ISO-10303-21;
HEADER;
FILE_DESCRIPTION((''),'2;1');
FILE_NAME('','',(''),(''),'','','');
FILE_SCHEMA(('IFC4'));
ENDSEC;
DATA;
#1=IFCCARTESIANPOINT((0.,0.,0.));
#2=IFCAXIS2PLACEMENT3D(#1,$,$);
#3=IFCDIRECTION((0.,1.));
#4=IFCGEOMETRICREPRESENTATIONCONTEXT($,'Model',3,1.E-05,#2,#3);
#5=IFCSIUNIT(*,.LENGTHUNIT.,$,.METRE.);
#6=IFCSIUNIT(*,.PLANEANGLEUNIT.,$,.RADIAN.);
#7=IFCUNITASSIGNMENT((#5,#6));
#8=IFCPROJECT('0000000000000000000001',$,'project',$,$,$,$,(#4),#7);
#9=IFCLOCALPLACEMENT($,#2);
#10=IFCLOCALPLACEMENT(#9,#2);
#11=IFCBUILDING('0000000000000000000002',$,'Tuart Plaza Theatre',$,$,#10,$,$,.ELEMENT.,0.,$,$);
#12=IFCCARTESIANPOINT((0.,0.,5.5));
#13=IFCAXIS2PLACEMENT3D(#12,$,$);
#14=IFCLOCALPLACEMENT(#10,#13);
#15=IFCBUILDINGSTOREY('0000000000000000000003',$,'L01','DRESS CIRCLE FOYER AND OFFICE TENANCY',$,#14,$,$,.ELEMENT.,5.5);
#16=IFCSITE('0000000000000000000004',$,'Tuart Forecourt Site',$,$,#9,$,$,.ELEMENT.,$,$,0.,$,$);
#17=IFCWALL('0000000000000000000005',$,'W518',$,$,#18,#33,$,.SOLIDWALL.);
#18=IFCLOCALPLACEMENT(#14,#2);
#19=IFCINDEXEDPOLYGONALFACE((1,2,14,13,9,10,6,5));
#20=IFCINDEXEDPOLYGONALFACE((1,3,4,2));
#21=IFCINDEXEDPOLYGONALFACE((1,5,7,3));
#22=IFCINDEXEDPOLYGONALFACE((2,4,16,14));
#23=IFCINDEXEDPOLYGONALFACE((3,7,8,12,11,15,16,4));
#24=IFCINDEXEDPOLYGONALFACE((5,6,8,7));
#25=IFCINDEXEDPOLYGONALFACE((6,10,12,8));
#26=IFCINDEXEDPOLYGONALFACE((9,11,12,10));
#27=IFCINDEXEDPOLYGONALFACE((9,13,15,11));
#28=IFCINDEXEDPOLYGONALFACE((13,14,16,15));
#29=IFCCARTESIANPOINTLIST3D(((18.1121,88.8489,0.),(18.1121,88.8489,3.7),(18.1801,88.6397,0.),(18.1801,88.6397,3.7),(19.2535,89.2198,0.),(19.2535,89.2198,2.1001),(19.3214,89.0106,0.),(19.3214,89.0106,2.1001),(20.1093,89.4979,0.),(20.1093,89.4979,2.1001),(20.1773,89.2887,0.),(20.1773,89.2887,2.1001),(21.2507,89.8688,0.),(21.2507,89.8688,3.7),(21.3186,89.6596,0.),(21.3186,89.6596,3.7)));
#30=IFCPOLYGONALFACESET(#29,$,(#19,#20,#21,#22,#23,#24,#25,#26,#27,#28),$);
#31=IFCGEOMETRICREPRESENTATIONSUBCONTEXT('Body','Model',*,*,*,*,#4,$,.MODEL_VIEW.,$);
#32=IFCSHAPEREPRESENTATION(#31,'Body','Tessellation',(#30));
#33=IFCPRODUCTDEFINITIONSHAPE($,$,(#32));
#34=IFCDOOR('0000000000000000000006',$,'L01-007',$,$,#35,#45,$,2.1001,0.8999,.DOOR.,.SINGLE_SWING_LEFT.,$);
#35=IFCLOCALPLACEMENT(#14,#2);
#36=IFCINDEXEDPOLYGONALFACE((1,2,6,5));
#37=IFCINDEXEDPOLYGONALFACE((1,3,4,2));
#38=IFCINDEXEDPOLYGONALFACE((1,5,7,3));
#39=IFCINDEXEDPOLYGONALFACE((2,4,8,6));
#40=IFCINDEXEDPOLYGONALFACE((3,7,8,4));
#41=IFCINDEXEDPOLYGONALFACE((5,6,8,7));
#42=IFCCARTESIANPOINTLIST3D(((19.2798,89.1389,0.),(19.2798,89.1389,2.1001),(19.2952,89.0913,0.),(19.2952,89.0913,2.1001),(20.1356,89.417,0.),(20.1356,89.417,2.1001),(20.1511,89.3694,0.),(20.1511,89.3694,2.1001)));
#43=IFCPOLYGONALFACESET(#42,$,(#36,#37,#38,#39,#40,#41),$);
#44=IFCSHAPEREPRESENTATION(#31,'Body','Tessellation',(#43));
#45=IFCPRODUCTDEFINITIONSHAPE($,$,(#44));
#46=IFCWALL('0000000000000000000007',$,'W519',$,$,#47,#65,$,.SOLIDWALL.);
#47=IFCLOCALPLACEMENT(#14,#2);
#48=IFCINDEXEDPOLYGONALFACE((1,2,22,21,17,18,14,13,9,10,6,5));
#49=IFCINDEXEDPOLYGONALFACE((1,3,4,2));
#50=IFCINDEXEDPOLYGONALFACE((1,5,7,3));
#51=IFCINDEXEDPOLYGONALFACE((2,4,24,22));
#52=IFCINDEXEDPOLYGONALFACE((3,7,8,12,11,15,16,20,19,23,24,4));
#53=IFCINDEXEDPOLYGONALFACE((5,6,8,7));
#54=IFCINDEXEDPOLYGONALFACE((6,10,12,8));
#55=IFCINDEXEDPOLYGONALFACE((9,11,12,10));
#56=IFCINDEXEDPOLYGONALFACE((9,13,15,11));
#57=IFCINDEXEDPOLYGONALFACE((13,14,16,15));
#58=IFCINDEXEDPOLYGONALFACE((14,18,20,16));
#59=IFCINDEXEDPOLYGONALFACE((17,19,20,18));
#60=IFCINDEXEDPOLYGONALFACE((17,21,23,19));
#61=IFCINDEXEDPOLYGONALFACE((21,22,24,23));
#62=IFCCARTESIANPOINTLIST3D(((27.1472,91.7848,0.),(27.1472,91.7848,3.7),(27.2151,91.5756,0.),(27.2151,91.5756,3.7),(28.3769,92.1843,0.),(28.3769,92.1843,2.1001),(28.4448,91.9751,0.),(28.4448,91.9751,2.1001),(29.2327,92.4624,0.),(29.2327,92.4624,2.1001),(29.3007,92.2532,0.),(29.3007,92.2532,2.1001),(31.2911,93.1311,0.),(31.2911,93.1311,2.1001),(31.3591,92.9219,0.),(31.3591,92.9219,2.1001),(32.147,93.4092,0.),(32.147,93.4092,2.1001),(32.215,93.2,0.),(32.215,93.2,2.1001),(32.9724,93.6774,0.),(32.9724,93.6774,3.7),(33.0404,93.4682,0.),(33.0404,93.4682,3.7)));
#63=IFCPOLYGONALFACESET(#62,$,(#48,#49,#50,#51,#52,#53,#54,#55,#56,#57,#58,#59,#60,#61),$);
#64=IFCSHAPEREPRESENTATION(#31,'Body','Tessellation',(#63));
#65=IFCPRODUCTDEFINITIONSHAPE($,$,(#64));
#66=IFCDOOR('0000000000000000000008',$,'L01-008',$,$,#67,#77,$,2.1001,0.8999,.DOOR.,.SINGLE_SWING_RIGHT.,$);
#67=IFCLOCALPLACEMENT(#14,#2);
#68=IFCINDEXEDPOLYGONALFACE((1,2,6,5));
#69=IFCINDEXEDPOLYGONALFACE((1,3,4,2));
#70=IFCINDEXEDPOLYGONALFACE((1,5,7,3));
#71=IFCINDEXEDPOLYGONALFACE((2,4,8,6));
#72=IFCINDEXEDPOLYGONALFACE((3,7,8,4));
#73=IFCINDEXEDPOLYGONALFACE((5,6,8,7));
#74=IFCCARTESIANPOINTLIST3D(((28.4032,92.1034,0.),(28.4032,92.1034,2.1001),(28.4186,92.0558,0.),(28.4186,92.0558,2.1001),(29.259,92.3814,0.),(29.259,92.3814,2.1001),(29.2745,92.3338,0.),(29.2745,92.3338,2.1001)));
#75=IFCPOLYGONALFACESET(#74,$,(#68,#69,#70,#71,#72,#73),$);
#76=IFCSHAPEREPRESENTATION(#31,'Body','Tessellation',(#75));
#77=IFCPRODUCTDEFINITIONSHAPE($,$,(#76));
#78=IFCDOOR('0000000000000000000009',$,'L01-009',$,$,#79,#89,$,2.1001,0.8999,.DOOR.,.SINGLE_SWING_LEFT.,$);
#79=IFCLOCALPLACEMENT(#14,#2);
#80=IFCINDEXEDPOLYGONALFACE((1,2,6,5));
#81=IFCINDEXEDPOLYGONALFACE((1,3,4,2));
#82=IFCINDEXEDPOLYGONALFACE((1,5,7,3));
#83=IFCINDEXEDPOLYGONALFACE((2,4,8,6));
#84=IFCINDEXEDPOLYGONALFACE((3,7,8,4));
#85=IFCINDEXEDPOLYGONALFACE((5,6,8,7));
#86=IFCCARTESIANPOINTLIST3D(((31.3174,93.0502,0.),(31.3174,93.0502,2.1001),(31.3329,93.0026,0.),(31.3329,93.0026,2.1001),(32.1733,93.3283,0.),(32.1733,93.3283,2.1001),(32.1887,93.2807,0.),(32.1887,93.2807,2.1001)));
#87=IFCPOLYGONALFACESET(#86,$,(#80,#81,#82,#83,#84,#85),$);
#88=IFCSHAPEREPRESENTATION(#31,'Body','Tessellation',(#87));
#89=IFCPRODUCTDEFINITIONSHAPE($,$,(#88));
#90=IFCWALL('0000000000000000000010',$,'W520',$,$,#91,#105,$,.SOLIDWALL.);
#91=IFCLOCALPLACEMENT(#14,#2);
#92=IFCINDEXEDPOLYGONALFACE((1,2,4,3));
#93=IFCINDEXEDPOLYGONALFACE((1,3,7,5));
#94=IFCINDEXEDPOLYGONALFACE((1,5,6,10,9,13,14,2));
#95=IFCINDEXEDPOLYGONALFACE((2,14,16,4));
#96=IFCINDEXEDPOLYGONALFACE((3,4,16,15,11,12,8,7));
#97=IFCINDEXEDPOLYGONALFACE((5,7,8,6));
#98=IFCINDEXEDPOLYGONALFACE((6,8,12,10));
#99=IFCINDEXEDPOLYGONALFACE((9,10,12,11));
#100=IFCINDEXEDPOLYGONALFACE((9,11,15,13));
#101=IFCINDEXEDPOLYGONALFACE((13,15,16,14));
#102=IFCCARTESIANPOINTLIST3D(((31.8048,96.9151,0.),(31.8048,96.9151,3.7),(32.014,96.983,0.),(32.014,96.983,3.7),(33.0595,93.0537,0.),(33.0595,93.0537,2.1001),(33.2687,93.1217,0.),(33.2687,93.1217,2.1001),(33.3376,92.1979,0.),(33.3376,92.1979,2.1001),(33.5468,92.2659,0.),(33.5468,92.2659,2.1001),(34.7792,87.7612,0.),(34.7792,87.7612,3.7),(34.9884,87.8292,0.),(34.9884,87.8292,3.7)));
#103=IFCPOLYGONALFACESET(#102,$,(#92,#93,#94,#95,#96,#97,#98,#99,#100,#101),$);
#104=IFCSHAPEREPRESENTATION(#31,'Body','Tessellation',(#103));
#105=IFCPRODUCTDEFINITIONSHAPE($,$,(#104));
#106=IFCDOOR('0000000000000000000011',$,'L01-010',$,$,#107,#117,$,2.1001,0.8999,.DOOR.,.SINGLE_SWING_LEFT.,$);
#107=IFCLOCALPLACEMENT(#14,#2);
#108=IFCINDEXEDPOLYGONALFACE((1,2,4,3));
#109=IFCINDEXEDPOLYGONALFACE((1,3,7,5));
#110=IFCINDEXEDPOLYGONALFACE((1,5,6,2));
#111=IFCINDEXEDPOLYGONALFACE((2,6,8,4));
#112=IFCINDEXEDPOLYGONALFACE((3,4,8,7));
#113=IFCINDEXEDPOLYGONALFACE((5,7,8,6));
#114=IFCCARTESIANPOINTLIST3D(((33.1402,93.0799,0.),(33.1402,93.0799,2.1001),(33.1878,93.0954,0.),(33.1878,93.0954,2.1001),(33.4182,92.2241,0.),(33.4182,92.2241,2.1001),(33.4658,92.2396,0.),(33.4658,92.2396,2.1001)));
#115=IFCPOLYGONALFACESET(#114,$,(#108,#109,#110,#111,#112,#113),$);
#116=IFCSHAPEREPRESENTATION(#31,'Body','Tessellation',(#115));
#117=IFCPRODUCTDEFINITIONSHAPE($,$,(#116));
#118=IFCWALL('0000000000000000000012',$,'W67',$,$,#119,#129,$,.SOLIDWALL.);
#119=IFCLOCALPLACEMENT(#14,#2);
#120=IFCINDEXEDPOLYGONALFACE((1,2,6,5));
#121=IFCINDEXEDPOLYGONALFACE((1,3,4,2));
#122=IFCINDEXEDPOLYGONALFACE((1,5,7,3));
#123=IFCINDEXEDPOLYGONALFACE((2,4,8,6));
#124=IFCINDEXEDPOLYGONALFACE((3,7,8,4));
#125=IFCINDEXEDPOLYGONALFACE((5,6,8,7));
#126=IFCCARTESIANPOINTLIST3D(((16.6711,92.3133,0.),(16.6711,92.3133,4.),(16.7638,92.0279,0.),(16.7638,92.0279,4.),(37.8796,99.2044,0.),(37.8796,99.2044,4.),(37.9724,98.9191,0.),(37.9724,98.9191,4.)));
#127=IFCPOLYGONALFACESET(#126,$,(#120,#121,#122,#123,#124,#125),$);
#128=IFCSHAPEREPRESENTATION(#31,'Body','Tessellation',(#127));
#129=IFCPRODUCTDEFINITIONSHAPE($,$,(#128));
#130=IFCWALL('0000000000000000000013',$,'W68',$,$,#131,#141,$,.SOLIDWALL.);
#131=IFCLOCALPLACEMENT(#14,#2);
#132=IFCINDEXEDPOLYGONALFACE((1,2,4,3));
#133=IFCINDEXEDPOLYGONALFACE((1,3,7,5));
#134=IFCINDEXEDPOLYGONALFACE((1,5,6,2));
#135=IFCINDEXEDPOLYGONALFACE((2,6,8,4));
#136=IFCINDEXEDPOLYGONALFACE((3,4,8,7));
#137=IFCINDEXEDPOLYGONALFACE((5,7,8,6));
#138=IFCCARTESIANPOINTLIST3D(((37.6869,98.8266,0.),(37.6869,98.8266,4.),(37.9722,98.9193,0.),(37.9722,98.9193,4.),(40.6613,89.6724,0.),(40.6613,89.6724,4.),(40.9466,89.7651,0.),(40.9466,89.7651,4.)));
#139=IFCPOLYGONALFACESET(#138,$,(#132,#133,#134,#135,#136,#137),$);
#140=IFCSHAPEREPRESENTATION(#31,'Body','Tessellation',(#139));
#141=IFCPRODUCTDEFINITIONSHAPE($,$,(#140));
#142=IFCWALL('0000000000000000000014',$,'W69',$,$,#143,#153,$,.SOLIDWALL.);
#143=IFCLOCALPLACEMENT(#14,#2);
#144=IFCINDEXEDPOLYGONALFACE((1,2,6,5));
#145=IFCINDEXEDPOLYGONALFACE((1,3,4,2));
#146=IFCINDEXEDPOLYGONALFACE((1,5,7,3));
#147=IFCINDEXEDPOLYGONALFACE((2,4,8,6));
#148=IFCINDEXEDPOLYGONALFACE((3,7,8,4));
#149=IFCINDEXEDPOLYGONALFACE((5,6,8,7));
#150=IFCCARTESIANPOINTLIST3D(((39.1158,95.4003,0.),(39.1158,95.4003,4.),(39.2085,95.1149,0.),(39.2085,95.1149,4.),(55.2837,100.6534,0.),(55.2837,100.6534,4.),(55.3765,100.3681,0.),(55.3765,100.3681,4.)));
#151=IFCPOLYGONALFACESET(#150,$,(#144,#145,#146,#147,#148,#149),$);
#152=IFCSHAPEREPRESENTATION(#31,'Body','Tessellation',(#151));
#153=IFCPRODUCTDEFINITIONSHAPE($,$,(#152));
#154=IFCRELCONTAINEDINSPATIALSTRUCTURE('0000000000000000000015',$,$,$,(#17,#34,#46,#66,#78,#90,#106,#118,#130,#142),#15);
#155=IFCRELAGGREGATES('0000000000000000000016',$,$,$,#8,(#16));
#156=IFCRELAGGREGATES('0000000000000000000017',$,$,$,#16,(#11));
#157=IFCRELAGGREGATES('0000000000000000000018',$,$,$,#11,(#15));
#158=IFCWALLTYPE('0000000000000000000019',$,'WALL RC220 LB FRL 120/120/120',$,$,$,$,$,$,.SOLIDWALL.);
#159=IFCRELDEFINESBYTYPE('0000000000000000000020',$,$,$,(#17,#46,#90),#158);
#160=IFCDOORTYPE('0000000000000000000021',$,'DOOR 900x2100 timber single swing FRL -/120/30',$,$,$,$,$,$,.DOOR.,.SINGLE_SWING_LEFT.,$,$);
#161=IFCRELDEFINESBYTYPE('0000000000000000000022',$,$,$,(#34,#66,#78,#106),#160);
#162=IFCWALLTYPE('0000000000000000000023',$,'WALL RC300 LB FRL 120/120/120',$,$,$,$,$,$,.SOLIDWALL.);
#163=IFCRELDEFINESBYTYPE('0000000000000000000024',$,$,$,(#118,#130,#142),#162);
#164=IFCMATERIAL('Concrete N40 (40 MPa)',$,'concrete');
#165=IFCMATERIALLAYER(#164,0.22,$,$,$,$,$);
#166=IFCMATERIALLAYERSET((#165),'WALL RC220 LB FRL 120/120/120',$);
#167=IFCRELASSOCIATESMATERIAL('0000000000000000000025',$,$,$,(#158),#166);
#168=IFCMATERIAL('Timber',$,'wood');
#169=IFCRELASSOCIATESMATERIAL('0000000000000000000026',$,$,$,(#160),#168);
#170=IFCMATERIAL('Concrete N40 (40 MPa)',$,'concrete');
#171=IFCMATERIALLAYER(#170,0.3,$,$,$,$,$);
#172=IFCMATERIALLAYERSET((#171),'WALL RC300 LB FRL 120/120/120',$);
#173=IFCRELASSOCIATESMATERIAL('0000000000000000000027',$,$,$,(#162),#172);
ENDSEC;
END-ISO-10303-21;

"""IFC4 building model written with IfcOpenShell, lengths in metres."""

from ifc_helpers import new_model, si_unit, direction, frame, frame_2d, origin, place, context, subcontext, project, spatial, rectangle, extrude, material, layer, layer_set, type_object, element, fill, save


model = new_model("IFC4")

# Units and contexts
model_context = context("Model", 3, precision=1e-05, world=origin(), true_north=direction((0.0, 1.0)))
body_context = subcontext(model_context, "Body", "Model", "MODEL_VIEW")
ifc_project = project(units=[si_unit("LENGTHUNIT", "METRE"), si_unit("PLANEANGLEUNIT", "RADIAN")], contexts=[model_context])

# Site, building, storey
site_placement = place(None, origin())
site = spatial("IfcSite", under=ifc_project, at=site_placement, Name="Tuart Forecourt Site", CompositionType="ELEMENT", RefElevation=0.0)
building_placement = place(site_placement, origin())
building = spatial("IfcBuilding", under=site, at=building_placement, Name="Tuart Plaza Theatre", CompositionType="ELEMENT", ElevationOfRefHeight=0.0)
storey_placement = place(building_placement, frame((0.0, 0.0, 5.5)))
storey = spatial("IfcBuildingStorey", under=building, at=storey_placement, Name="L01", Description="DRESS CIRCLE FOYER AND OFFICE TENANCY", CompositionType="ELEMENT", Elevation=5.5)

# Wall, opening, door
ifc_material_1 = material(Name="Concrete N40 (40 MPa)", Category="concrete")
ifc_layer_1 = layer(ifc_material_1, 0.22)
ifc_layer_set_1 = layer_set([ifc_layer_1], Name="WALL RC220 LB FRL 120/120/120")
wall_type_1 = type_object("IfcWallType", Name="WALL RC220 LB FRL 120/120/120", PredefinedType="SOLIDWALL", material=ifc_layer_set_1)
wall_1_placement = place(storey_placement, frame((18.1462, 88.7444, 0.0), z_axis=(0.0, 0.0, 1.0), x_axis=(0.951053, 0.309028, 0.0)))
wall_1 = element("IfcWall", 1, at=wall_1_placement, inside=storey, type_object=wall_type_1, Name="W518", PredefinedType="SOLIDWALL", context=body_context, shape_type="SweptSolid", body=[
    extrude(rectangle(XDim=3.3, YDim=0.22, at=frame_2d((1.6499, 0.0))), origin(), (0.0, 0.0, 1.0), 3.7),
])
opening_1_placement = place(wall_1_placement, frame((1.2, 0.0, 0.0)))
opening_1 = element("IfcOpeningElement", 2, at=opening_1_placement, cuts=wall_1, PredefinedType="OPENING", context=body_context, shape_type="SweptSolid", body=[
    extrude(rectangle(XDim=0.8999, YDim=2.1001, at=frame_2d((0.45, 1.05))), frame((0.0, 0.1199, 0.0), z_axis=(0.0, -1.0, 0.0), x_axis=(1.0, 0.0, 0.0)), (0.0, 0.0, 1.0), 0.24),
])
ifc_material_2 = material(Name="Timber", Category="wood")
door_type_1 = type_object("IfcDoorType", Name="DOOR 900x2100 timber single swing FRL -/120/30", OperationType="SINGLE_SWING_LEFT", PredefinedType="DOOR", material=ifc_material_2)
door_1_placement = place(opening_1_placement, origin())
door_1 = element("IfcDoor", 3, at=door_1_placement, inside=storey, type_object=door_type_1, Name="L01-007", OperationType="SINGLE_SWING_LEFT", OverallHeight=2.1001, OverallWidth=0.8999, PredefinedType="DOOR", context=body_context, shape_type="SweptSolid", body=[
    extrude(rectangle(XDim=0.8999, YDim=2.1001, at=frame_2d((0.45, 1.05))), frame((0.0, 0.0249, 0.0), z_axis=(0.0, -1.0, 0.0), x_axis=(1.0, 0.0, 0.0)), (0.0, 0.0, 1.0), 0.05),
])
fill(opening_1, door_1)

# Wall, openings, doors
wall_2_placement = place(storey_placement, frame((27.1812, 91.6802, 0.0), z_axis=(0.0, 0.0, 1.0), x_axis=(0.951063, 0.308996, 0.0)))
wall_2 = element("IfcWall", 4, at=wall_2_placement, inside=storey, type_object=wall_type_1, Name="W519", PredefinedType="SOLIDWALL", context=body_context, shape_type="SweptSolid", body=[
    extrude(rectangle(XDim=6.125, YDim=0.22, at=frame_2d((3.0625, 0.0))), origin(), (0.0, 0.0, 1.0), 3.7),
])
opening_2_placement = place(wall_2_placement, frame((1.293, 0.0, 0.0)))
opening_2 = element("IfcOpeningElement", 5, at=opening_2_placement, cuts=wall_2, PredefinedType="OPENING", context=body_context, shape_type="SweptSolid", body=[
    extrude(rectangle(XDim=0.8999, YDim=2.1001, at=frame_2d((0.45, 1.05))), frame((0.0, 0.1199, 0.0), z_axis=(0.0, -1.0, 0.0), x_axis=(1.0, 0.0, 0.0)), (0.0, 0.0, 1.0), 0.24),
])
opening_3_placement = place(wall_2_placement, frame((4.3572, 0.0, 0.0)))
opening_3 = element("IfcOpeningElement", 6, at=opening_3_placement, cuts=wall_2, PredefinedType="OPENING", context=body_context, shape_type="SweptSolid", body=[
    extrude(rectangle(XDim=0.8999, YDim=2.1001, at=frame_2d((0.45, 1.05))), frame((0.0, 0.1199, 0.0), z_axis=(0.0, -1.0, 0.0), x_axis=(1.0, 0.0, 0.0)), (0.0, 0.0, 1.0), 0.24),
])
door_2_placement = place(opening_2_placement, origin())
door_2 = element("IfcDoor", 7, at=door_2_placement, inside=storey, type_object=door_type_1, Name="L01-008", OperationType="SINGLE_SWING_RIGHT", OverallHeight=2.1001, OverallWidth=0.8999, PredefinedType="DOOR", context=body_context, shape_type="SweptSolid", body=[
    extrude(rectangle(XDim=0.8999, YDim=2.1001, at=frame_2d((0.45, 1.05))), frame((0.0, 0.0249, 0.0), z_axis=(0.0, -1.0, 0.0), x_axis=(1.0, 0.0, 0.0)), (0.0, 0.0, 1.0), 0.05),
])
fill(opening_2, door_2)
door_3_placement = place(opening_3_placement, origin())
door_3 = element("IfcDoor", 8, at=door_3_placement, inside=storey, type_object=door_type_1, Name="L01-009", OperationType="SINGLE_SWING_LEFT", OverallHeight=2.1001, OverallWidth=0.8999, PredefinedType="DOOR", context=body_context, shape_type="SweptSolid", body=[
    extrude(rectangle(XDim=0.8999, YDim=2.1001, at=frame_2d((0.45, 1.05))), frame((0.0, 0.0249, 0.0), z_axis=(0.0, -1.0, 0.0), x_axis=(1.0, 0.0, 0.0)), (0.0, 0.0, 1.0), 0.05),
])
fill(opening_3, door_3)

# Wall, opening, door
wall_3_placement = place(storey_placement, frame((34.8838, 87.7952, 0.0), z_axis=(0.0, 0.0, 1.0), x_axis=(-0.309028, 0.951053, 0.0)))
wall_3 = element("IfcWall", 9, at=wall_3_placement, inside=storey, type_object=wall_type_1, Name="W520", PredefinedType="SOLIDWALL", context=body_context, shape_type="SweptSolid", body=[
    extrude(rectangle(XDim=9.625, YDim=0.22, at=frame_2d((4.8125, 0.0))), origin(), (0.0, 0.0, 1.0), 3.7),
])
opening_4_placement = place(wall_3_placement, frame((4.665, 0.0, 0.0)))
opening_4 = element("IfcOpeningElement", 10, at=opening_4_placement, cuts=wall_3, PredefinedType="OPENING", context=body_context, shape_type="SweptSolid", body=[
    extrude(rectangle(XDim=0.8999, YDim=2.1001, at=frame_2d((0.45, 1.05))), frame((0.0, 0.1199, 0.0), z_axis=(0.0, -1.0, 0.0), x_axis=(1.0, 0.0, 0.0)), (0.0, 0.0, 1.0), 0.24),
])
door_4_placement = place(opening_4_placement, frame((0.8999, 0.0, 0.0), z_axis=(0.0, 0.0, 1.0), x_axis=(-1.0, 0.0, 0.0)))
door_4 = element("IfcDoor", 11, at=door_4_placement, inside=storey, type_object=door_type_1, Name="L01-010", OperationType="SINGLE_SWING_LEFT", OverallHeight=2.1001, OverallWidth=0.8999, PredefinedType="DOOR", context=body_context, shape_type="SweptSolid", body=[
    extrude(rectangle(XDim=0.8999, YDim=2.1001, at=frame_2d((0.45, 1.05))), frame((0.0, 0.0249, 0.0), z_axis=(0.0, -1.0, 0.0), x_axis=(1.0, 0.0, 0.0)), (0.0, 0.0, 1.0), 0.05),
])
fill(opening_4, door_4)

# Walls
ifc_material_3 = material(Name="Concrete N40 (40 MPa)", Category="concrete")
ifc_layer_2 = layer(ifc_material_3, 0.3)
ifc_layer_set_2 = layer_set([ifc_layer_2], Name="WALL RC300 LB FRL 120/120/120")
wall_type_2 = type_object("IfcWallType", Name="WALL RC300 LB FRL 120/120/120", PredefinedType="SOLIDWALL", material=ifc_layer_set_2)
wall_4_placement = place(storey_placement, frame((16.7175, 92.1707, 0.0), z_axis=(0.0, 0.0, 1.0), x_axis=(0.951056, 0.309019, 0.0)))
element("IfcWall", 12, at=wall_4_placement, inside=storey, type_object=wall_type_2, Name="W67", PredefinedType="SOLIDWALL", context=body_context, shape_type="SweptSolid", body=[
    extrude(rectangle(XDim=22.3, YDim=0.3, at=frame_2d((11.1499, 0.0))), origin(), (0.0, 0.0, 1.0), 4.0),
])
wall_5_placement = place(storey_placement, frame((37.8296, 98.8728, 0.0), z_axis=(0.0, 0.0, 1.0), x_axis=(0.30902, -0.951056, 0.0)))
element("IfcWall", 13, at=wall_5_placement, inside=storey, type_object=wall_type_2, Name="W68", PredefinedType="SOLIDWALL", context=body_context, shape_type="SweptSolid", body=[
    extrude(rectangle(XDim=9.6252, YDim=0.3, at=frame_2d((4.8125, 0.0))), origin(), (0.0, 0.0, 1.0), 4.0),
])
wall_6_placement = place(storey_placement, frame((39.1621, 95.2576, 0.0), z_axis=(0.0, 0.0, 1.0), x_axis=(0.951059, 0.309011, 0.0)))
element("IfcWall", 14, at=wall_6_placement, inside=storey, type_object=wall_type_2, Name="W69", PredefinedType="SOLIDWALL", context=body_context, shape_type="SweptSolid", body=[
    extrude(rectangle(XDim=17.0, YDim=0.3, at=frame_2d((8.5, 0.0))), origin(), (0.0, 0.0, 1.0), 4.0),
])

save(model, "model.ifc")
